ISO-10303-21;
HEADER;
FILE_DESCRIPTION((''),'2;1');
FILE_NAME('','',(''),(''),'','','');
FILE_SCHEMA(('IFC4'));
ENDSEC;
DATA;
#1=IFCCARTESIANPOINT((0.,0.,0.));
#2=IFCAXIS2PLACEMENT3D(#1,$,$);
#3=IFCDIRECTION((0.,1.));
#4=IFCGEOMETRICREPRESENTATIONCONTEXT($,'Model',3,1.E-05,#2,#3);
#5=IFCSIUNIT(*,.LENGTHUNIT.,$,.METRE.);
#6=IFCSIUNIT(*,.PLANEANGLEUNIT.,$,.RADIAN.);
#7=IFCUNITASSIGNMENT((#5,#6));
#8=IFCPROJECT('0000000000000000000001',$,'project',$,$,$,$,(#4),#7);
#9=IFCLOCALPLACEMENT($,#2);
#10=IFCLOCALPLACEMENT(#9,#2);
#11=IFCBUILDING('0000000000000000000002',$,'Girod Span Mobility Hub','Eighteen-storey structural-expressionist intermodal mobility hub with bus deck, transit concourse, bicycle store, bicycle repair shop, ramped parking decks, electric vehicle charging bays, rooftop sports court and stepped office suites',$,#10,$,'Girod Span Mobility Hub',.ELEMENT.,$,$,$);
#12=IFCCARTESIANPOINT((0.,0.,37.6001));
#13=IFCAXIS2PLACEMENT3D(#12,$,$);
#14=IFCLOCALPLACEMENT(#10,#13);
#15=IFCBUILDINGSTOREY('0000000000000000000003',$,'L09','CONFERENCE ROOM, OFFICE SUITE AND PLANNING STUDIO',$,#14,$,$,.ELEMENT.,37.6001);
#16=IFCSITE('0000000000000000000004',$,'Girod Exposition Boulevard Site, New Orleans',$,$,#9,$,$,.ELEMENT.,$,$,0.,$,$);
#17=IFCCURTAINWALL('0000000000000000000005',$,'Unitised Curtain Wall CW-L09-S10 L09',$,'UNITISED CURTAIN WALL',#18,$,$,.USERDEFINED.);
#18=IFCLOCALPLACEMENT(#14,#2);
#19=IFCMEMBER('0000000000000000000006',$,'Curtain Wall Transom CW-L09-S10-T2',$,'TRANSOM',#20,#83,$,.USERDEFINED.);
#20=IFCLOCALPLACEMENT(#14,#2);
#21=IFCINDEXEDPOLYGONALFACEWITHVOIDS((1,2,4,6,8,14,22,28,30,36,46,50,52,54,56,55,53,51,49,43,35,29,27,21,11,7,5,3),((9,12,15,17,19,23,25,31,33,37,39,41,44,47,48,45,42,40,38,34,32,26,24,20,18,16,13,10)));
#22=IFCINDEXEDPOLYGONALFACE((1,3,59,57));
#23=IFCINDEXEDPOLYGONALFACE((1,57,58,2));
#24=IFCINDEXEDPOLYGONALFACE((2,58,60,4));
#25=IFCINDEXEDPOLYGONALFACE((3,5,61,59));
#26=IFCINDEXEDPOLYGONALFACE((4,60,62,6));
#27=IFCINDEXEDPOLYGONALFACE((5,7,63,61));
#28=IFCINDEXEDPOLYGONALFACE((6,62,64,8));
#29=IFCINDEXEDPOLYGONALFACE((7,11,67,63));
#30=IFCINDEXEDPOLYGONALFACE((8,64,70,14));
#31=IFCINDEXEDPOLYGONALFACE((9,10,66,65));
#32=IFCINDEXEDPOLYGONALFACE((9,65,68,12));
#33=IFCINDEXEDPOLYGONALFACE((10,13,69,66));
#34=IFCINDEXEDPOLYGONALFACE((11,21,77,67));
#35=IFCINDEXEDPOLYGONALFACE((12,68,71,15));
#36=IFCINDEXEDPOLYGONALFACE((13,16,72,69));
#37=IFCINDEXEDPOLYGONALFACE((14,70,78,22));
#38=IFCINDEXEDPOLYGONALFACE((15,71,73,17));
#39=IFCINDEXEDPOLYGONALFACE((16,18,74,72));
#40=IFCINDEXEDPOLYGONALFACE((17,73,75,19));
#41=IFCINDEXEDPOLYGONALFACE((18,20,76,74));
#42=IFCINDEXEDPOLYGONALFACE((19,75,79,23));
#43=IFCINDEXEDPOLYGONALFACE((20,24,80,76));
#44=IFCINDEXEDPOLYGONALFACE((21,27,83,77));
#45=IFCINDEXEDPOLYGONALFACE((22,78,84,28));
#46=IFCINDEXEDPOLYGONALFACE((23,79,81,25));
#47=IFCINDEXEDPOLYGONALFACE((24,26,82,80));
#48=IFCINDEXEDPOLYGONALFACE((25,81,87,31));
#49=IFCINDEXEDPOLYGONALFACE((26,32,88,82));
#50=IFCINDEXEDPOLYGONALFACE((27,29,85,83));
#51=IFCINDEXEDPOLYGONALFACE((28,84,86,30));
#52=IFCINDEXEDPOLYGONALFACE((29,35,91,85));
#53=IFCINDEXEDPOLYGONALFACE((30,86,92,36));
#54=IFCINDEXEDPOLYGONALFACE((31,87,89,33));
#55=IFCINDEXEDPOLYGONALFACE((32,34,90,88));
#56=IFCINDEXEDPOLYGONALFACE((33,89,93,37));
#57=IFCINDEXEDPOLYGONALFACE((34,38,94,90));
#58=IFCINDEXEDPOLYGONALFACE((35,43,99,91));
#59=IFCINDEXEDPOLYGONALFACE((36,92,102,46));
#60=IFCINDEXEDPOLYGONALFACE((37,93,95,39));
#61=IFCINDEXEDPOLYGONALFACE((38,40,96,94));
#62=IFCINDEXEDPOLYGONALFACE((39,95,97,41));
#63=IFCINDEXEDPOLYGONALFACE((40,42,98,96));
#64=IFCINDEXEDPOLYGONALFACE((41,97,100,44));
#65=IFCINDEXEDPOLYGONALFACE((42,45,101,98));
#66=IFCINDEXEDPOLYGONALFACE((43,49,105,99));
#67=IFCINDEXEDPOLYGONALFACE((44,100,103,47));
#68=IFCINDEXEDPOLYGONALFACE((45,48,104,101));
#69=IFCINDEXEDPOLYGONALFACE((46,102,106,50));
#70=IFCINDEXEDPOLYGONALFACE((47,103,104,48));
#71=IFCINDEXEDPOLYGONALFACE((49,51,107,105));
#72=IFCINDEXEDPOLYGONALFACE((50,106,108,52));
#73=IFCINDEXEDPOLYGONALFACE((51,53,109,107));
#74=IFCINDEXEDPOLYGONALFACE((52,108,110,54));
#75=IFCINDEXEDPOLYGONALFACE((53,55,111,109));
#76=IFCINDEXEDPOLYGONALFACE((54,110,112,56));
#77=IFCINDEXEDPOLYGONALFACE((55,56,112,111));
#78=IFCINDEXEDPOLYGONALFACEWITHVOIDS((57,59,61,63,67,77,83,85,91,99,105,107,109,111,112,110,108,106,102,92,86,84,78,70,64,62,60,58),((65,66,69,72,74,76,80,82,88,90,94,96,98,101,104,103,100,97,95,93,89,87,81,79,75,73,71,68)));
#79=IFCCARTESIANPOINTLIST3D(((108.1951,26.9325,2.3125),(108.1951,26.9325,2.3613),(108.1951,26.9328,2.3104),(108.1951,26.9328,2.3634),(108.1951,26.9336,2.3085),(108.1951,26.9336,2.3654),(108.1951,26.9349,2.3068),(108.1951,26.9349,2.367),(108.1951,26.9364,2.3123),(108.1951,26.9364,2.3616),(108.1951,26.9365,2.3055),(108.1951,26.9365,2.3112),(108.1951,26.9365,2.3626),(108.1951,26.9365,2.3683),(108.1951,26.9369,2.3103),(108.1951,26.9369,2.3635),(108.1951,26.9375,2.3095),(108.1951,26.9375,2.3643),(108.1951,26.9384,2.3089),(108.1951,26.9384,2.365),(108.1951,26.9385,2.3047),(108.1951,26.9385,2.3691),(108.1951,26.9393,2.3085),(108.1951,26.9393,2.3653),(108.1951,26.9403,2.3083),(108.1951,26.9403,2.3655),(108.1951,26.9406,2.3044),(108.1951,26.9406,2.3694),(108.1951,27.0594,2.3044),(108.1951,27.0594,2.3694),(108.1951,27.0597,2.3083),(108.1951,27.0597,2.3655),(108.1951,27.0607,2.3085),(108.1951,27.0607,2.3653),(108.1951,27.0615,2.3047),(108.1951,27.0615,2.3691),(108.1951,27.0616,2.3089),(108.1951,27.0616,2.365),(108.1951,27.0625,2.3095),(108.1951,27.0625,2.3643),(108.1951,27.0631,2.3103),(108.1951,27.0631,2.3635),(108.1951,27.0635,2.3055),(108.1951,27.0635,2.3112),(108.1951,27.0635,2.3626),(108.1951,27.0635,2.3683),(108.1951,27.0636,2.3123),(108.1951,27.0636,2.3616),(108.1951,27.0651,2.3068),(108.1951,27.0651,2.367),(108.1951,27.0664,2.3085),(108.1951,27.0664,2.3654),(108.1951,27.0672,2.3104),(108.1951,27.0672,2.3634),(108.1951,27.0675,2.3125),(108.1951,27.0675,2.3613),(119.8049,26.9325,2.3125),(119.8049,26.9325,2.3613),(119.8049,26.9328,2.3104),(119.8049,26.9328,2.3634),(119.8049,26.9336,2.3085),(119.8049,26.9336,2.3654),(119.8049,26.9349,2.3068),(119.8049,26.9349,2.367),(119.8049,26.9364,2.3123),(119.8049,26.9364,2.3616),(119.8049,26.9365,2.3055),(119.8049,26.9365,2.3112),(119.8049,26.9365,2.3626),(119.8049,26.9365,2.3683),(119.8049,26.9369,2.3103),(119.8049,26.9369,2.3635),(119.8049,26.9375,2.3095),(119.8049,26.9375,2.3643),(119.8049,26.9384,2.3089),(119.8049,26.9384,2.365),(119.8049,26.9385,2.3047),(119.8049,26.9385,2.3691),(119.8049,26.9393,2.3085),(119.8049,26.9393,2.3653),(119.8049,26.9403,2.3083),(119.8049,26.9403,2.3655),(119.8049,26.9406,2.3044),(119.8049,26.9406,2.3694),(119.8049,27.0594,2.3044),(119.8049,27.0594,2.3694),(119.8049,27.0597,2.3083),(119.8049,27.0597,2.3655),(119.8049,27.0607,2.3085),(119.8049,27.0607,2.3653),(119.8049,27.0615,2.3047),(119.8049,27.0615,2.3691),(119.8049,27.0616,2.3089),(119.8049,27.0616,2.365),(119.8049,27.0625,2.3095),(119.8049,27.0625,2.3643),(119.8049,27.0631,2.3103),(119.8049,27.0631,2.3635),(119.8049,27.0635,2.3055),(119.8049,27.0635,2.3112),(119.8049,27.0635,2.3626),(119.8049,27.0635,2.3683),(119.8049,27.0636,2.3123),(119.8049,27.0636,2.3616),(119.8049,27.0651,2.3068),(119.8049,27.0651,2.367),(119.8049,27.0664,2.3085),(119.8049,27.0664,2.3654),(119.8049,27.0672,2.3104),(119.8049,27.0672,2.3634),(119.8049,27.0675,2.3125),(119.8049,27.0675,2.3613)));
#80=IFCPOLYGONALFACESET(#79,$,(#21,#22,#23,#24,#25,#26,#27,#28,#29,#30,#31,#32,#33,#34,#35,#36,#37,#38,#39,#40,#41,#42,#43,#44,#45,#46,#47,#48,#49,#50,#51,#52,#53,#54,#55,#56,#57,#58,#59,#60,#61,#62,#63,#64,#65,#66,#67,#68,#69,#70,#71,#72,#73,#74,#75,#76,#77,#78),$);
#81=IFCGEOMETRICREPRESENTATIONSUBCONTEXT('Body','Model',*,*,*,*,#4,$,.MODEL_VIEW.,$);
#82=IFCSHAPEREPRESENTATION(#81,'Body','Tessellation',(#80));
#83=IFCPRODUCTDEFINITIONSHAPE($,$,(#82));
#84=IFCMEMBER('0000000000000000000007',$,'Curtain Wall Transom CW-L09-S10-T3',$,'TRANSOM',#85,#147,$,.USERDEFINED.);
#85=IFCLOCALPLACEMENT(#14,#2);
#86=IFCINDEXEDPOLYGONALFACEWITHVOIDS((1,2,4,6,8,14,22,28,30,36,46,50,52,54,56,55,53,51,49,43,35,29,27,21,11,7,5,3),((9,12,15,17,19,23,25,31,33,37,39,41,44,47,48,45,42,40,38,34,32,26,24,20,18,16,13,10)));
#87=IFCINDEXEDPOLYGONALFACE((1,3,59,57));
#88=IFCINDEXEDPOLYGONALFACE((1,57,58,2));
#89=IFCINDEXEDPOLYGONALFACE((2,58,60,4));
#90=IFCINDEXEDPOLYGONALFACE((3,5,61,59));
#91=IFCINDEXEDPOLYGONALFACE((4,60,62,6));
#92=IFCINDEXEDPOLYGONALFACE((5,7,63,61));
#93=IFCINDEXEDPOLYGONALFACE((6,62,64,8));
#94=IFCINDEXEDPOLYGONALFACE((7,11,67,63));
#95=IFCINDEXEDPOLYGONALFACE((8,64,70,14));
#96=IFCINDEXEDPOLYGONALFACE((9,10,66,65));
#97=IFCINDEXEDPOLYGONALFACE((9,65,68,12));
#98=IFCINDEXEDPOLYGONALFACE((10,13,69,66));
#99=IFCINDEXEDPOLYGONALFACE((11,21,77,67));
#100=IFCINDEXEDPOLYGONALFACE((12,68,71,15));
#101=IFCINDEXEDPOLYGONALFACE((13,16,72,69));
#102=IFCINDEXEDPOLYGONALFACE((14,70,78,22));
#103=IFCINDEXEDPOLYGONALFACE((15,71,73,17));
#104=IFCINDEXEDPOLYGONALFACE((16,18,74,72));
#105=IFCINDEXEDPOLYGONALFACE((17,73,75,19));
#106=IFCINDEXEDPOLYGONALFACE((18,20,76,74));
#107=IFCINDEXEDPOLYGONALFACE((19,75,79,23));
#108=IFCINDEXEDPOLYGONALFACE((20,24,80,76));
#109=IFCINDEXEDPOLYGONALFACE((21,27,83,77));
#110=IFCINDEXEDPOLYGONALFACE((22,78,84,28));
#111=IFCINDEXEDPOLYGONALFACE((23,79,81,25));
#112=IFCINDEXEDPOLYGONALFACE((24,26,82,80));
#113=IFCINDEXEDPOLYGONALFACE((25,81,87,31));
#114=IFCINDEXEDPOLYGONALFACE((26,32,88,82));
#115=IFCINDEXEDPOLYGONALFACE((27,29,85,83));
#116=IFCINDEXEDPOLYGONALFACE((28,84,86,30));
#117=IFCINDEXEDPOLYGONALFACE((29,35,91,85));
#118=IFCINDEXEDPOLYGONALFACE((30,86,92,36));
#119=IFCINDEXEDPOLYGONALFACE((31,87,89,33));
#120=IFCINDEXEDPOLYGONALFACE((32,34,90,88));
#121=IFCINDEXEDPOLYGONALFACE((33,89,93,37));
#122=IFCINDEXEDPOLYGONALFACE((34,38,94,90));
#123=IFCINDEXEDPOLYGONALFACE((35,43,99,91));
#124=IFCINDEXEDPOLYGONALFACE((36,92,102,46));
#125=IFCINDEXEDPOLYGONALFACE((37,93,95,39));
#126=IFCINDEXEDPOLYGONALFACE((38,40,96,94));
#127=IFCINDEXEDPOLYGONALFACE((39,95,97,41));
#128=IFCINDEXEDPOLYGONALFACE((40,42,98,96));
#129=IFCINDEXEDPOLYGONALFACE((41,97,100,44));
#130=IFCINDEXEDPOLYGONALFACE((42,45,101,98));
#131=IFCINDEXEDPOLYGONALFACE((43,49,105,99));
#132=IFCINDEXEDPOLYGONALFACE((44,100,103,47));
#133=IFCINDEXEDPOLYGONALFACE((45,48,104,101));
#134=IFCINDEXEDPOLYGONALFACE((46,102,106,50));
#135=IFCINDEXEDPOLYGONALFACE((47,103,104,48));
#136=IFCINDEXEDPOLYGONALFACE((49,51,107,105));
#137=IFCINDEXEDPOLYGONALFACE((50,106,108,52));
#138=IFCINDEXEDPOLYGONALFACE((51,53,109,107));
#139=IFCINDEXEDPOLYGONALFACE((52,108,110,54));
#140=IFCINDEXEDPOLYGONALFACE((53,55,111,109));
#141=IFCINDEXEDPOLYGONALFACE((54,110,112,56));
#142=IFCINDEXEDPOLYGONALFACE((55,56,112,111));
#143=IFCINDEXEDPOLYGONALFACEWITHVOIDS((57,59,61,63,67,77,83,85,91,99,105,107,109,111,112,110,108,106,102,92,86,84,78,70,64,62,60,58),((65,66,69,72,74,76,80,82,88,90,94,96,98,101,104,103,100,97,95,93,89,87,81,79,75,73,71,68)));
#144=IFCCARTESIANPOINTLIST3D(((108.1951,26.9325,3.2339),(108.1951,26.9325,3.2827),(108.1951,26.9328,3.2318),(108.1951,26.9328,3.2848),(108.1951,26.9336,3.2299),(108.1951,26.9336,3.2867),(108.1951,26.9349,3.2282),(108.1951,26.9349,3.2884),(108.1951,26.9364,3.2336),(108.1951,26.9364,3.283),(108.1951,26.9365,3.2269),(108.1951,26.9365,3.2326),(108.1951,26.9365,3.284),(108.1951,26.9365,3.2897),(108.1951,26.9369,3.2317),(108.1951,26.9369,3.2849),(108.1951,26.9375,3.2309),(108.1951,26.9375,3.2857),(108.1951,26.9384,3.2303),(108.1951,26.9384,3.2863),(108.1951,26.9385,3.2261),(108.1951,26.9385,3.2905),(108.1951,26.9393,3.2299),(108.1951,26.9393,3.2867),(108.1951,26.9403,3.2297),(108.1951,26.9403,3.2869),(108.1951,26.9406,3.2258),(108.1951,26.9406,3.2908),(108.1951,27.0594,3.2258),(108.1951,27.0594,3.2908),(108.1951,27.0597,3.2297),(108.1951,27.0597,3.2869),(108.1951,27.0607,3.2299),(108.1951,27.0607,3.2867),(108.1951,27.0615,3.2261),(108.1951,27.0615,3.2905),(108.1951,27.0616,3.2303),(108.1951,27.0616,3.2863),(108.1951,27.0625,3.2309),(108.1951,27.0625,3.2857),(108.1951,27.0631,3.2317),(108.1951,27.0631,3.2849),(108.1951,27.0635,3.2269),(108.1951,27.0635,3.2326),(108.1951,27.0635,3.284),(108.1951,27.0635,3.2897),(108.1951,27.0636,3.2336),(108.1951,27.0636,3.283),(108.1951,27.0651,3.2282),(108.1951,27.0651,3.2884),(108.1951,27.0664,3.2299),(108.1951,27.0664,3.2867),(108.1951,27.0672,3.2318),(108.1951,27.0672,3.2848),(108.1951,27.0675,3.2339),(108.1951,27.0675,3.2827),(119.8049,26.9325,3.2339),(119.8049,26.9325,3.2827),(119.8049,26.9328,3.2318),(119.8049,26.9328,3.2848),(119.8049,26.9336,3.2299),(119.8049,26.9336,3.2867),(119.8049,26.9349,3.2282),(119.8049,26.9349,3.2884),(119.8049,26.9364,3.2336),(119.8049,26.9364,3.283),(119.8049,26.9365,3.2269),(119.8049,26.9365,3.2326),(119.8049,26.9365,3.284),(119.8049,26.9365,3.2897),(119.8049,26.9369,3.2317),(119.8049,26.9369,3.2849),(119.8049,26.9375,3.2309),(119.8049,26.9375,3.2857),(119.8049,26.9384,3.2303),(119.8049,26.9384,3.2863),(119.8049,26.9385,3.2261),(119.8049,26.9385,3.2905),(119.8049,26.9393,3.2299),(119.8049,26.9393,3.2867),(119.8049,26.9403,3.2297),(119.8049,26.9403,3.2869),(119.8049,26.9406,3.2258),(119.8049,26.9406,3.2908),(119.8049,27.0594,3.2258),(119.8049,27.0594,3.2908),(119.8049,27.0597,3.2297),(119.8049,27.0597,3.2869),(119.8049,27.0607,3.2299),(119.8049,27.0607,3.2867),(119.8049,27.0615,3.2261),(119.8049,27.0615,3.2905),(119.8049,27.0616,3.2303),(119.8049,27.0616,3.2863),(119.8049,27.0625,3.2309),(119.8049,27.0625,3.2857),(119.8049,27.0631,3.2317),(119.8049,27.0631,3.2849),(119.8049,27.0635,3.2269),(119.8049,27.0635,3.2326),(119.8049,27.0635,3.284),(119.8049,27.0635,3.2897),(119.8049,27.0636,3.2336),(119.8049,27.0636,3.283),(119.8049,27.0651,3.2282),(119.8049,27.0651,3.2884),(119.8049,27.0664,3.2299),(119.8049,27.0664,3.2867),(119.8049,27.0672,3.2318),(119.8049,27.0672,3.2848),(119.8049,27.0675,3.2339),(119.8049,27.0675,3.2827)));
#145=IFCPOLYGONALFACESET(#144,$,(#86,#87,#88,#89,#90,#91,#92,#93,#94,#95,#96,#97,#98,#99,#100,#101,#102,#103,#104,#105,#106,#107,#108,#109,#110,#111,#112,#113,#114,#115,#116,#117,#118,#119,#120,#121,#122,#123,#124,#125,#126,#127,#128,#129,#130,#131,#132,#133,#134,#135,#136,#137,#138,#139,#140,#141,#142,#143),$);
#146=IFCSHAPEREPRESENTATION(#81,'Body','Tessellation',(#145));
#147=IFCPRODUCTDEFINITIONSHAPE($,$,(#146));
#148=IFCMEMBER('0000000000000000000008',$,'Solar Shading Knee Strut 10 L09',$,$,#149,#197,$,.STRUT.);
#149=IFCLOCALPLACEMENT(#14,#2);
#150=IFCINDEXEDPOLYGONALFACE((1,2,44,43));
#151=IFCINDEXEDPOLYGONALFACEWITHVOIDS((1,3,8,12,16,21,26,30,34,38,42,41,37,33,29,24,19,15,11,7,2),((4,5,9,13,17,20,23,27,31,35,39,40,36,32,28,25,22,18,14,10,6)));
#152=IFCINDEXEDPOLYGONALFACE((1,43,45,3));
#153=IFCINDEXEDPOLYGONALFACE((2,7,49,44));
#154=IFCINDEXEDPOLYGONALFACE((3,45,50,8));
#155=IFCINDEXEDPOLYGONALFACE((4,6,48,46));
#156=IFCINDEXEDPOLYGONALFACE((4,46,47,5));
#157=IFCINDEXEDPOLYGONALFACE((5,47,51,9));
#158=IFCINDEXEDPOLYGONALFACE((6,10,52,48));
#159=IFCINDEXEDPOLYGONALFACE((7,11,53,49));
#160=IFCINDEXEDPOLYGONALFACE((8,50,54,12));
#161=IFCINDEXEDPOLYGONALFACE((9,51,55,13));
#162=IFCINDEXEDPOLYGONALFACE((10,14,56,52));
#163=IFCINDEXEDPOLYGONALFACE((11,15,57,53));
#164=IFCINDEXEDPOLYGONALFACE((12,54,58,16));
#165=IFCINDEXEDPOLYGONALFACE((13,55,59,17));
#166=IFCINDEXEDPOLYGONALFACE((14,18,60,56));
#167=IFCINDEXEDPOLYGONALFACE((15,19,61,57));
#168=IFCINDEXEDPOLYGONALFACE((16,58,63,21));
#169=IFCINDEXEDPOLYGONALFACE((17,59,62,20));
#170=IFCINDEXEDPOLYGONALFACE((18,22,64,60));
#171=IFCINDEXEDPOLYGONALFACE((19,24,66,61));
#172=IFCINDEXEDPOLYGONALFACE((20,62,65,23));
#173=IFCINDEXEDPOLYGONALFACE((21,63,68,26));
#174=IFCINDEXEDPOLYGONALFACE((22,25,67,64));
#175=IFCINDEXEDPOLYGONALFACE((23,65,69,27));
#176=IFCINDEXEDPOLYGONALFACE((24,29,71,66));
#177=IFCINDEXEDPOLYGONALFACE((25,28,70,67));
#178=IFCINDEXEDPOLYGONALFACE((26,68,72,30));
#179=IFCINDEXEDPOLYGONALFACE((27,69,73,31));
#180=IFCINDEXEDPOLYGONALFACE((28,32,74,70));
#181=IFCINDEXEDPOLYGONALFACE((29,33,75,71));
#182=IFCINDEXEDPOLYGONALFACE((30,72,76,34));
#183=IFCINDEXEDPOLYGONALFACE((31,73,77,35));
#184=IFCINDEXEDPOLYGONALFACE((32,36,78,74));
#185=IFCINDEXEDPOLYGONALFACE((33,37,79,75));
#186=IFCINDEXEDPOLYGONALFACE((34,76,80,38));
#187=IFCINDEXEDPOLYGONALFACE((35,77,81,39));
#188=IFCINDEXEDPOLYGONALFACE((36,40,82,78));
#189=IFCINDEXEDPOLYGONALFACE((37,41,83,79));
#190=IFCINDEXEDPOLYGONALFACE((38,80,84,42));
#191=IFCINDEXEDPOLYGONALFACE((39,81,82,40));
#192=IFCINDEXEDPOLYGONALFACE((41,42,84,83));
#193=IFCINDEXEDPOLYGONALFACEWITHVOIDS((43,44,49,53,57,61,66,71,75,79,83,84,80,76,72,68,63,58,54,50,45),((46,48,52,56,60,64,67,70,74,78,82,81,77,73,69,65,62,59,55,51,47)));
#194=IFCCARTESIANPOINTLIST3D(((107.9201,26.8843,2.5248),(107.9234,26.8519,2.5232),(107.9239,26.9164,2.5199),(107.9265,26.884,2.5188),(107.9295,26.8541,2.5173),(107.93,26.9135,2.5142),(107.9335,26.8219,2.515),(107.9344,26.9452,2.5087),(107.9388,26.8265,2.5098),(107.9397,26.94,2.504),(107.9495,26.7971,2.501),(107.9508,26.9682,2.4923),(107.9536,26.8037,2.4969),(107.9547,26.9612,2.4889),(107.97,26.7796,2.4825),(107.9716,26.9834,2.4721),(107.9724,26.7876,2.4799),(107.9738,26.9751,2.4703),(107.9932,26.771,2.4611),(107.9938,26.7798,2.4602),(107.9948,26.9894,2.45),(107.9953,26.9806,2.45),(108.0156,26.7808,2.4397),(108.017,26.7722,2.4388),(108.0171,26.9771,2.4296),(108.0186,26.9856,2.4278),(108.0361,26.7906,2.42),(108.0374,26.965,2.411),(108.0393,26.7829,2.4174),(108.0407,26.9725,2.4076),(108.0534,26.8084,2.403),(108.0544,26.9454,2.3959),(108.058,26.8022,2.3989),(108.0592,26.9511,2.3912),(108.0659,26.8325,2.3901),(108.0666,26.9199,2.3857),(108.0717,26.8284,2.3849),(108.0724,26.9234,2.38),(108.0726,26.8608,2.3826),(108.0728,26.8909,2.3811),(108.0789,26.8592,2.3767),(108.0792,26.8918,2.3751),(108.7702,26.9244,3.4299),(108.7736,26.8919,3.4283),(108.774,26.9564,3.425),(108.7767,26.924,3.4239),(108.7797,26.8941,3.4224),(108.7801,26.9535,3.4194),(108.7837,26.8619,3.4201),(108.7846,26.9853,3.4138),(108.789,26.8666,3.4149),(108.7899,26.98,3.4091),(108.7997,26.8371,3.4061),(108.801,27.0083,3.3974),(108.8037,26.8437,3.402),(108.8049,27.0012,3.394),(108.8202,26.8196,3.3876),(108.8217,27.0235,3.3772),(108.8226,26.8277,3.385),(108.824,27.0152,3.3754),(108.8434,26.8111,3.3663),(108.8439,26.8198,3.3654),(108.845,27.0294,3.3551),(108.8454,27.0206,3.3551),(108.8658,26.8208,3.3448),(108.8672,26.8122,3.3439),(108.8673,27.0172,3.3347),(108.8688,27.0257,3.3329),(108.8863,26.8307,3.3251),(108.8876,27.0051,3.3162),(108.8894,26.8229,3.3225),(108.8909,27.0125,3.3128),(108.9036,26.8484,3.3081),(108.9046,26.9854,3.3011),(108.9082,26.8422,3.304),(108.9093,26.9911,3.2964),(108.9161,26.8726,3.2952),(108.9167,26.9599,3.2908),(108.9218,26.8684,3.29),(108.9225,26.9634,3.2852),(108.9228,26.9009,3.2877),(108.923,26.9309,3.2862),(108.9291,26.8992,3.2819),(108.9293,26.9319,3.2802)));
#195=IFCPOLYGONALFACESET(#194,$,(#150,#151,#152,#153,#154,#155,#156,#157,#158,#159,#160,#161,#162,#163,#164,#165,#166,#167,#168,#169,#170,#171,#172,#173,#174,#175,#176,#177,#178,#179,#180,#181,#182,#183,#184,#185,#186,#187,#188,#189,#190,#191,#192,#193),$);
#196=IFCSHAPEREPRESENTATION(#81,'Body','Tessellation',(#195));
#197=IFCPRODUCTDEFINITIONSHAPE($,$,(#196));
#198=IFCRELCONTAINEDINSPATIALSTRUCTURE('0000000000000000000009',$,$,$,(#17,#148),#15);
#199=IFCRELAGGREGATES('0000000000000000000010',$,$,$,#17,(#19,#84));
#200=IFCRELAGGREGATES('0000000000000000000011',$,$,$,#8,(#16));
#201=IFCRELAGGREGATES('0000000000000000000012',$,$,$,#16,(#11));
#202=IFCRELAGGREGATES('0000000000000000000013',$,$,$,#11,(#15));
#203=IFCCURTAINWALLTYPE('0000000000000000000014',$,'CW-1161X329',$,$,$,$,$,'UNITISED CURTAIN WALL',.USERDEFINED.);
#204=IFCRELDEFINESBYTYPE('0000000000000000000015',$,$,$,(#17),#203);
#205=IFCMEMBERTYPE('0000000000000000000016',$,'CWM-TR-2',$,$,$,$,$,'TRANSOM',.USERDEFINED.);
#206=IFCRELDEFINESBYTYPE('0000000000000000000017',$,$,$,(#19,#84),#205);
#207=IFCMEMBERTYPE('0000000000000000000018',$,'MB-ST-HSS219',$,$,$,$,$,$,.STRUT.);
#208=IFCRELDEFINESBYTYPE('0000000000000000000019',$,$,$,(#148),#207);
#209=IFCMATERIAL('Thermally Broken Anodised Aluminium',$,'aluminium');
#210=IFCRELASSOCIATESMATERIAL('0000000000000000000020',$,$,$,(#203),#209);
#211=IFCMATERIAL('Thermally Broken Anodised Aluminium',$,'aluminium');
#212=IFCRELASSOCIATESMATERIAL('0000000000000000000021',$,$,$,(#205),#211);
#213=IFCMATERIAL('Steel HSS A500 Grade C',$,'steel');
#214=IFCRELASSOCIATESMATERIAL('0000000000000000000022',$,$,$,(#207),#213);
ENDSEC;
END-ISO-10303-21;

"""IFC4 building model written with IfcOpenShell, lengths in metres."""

from ifc_helpers import new_model, si_unit, direction, frame, origin, origin_2d, place, context, subcontext, project, spatial, hollow_rectangle, hollow_circle, extrude, material, material_profile, profile_set, type_object, element, aggregate, save


model = new_model("IFC4")

# Units and contexts
model_context = context("Model", 3, precision=1e-05, world=origin(), true_north=direction((0.0, 1.0)))
body_context = subcontext(model_context, "Body", "Model", "MODEL_VIEW")
ifc_project = project(units=[si_unit("LENGTHUNIT", "METRE"), si_unit("PLANEANGLEUNIT", "RADIAN")], contexts=[model_context])

# Site, building, storey
site_placement = place(None, origin())
site = spatial("IfcSite", under=ifc_project, at=site_placement, Name="Girod Exposition Boulevard Site, New Orleans", CompositionType="ELEMENT", RefElevation=0.0)
building_placement = place(site_placement, origin())
building = spatial("IfcBuilding", under=site, at=building_placement, Name="Girod Span Mobility Hub", Description="Eighteen-storey structural-expressionist intermodal mobility hub with bus deck, transit concourse, bicycle store, bicycle repair shop, ramped parking decks, electric vehicle charging bays, rooftop sports court and stepped office suites", LongName="Girod Span Mobility Hub", CompositionType="ELEMENT")
storey_placement = place(building_placement, frame((0.0, 0.0, 37.6001)))
storey = spatial("IfcBuildingStorey", under=building, at=storey_placement, Name="L09", Description="CONFERENCE ROOM, OFFICE SUITE AND PLANNING STUDIO", CompositionType="ELEMENT", Elevation=37.6001)

# Shared definitions
ifc_material_1 = material(Name="Thermally Broken Anodised Aluminium", Category="aluminium")
curtain_wall_type = type_object("IfcCurtainWallType", Name="CW-1161X329", ElementType="UNITISED CURTAIN WALL", PredefinedType="USERDEFINED", material=ifc_material_1)

# Curtain wall
curtain_wall_1_placement = place(storey_placement, origin())
curtain_wall_1 = element("IfcCurtainWall", 1, at=curtain_wall_1_placement, inside=storey, type_object=curtain_wall_type, Name="Unitised Curtain Wall CW-L09-S10 L09", ObjectType="UNITISED CURTAIN WALL", PredefinedType="USERDEFINED")

# Members
ifc_material_2 = material(Name="Thermally Broken Anodised Aluminium", Category="aluminium")
ifc_material_profile_1 = material_profile(ifc_material_2, hollow_rectangle(XDim=0.135, YDim=0.0649, WallThickness=0.0039, InnerFilletRadius=0.0039, OuterFilletRadius=0.0081, at=origin_2d()), Name="CW-TR-65X135")
ifc_profile_set_1 = profile_set([ifc_material_profile_1], Name="Thermally Broken Anodised Aluminium")
member_type_1 = type_object("IfcMemberType", Name="CWM-TR-2", ElementType="TRANSOM", PredefinedType="USERDEFINED", material=ifc_profile_set_1)
member_1_placement = place(storey_placement, frame((108.1951, 27.0, 2.3369), z_axis=(1.0, 0.0, 0.0), x_axis=(0.0, 1.0, 0.0)))
member_1 = element("IfcMember", 2, at=member_1_placement, type_object=member_type_1, Name="Curtain Wall Transom CW-L09-S10-T2", ObjectType="TRANSOM", PredefinedType="USERDEFINED", context=body_context, shape_type="SweptSolid", body=[
    extrude(hollow_rectangle(XDim=0.135, YDim=0.0649, WallThickness=0.0039, InnerFilletRadius=0.0039, OuterFilletRadius=0.0081, at=origin_2d()), origin(), (0.0, 0.0, 1.0), 11.6099),
])
member_2_placement = place(storey_placement, frame((108.1951, 27.0, 3.2583), z_axis=(1.0, 0.0, 0.0), x_axis=(0.0, 1.0, 0.0)))
member_2 = element("IfcMember", 3, at=member_2_placement, type_object=member_type_1, Name="Curtain Wall Transom CW-L09-S10-T3", ObjectType="TRANSOM", PredefinedType="USERDEFINED", context=body_context, shape_type="SweptSolid", body=[
    extrude(hollow_rectangle(XDim=0.135, YDim=0.0649, WallThickness=0.0039, InnerFilletRadius=0.0039, OuterFilletRadius=0.0081, at=origin_2d()), origin(), (0.0, 0.0, 1.0), 11.6099),
])
aggregate(curtain_wall_1, [member_1, member_2])
ifc_material_3 = material(Name="Steel HSS A500 Grade C", Category="steel")
ifc_material_profile_2 = material_profile(ifc_material_3, hollow_circle(Radius=0.1096, WallThickness=0.0088, at=origin_2d()), Name="HSS219X9.5")
ifc_profile_set_2 = profile_set([ifc_material_profile_2], Name="Steel HSS A500 Grade C")
member_type_2 = type_object("IfcMemberType", Name="MB-ST-HSS219", PredefinedType="STRUT", material=ifc_profile_set_2)
member_3_placement = place(storey_placement, frame((108.0, 26.8799, 2.45), z_axis=(0.684285, 0.032229, 0.728502), x_axis=(-0.047047, 0.998893, 0.0)))
element("IfcMember", 4, at=member_3_placement, inside=storey, type_object=member_type_2, Name="Solar Shading Knee Strut 10 L09", PredefinedType="STRUT", context=body_context, shape_type="SweptSolid", body=[
    extrude(hollow_circle(Radius=0.1096, WallThickness=0.0088, at=origin_2d()), origin(), (0.0, 0.0, 1.0), 1.2424),
])

save(model, "model.ifc")
